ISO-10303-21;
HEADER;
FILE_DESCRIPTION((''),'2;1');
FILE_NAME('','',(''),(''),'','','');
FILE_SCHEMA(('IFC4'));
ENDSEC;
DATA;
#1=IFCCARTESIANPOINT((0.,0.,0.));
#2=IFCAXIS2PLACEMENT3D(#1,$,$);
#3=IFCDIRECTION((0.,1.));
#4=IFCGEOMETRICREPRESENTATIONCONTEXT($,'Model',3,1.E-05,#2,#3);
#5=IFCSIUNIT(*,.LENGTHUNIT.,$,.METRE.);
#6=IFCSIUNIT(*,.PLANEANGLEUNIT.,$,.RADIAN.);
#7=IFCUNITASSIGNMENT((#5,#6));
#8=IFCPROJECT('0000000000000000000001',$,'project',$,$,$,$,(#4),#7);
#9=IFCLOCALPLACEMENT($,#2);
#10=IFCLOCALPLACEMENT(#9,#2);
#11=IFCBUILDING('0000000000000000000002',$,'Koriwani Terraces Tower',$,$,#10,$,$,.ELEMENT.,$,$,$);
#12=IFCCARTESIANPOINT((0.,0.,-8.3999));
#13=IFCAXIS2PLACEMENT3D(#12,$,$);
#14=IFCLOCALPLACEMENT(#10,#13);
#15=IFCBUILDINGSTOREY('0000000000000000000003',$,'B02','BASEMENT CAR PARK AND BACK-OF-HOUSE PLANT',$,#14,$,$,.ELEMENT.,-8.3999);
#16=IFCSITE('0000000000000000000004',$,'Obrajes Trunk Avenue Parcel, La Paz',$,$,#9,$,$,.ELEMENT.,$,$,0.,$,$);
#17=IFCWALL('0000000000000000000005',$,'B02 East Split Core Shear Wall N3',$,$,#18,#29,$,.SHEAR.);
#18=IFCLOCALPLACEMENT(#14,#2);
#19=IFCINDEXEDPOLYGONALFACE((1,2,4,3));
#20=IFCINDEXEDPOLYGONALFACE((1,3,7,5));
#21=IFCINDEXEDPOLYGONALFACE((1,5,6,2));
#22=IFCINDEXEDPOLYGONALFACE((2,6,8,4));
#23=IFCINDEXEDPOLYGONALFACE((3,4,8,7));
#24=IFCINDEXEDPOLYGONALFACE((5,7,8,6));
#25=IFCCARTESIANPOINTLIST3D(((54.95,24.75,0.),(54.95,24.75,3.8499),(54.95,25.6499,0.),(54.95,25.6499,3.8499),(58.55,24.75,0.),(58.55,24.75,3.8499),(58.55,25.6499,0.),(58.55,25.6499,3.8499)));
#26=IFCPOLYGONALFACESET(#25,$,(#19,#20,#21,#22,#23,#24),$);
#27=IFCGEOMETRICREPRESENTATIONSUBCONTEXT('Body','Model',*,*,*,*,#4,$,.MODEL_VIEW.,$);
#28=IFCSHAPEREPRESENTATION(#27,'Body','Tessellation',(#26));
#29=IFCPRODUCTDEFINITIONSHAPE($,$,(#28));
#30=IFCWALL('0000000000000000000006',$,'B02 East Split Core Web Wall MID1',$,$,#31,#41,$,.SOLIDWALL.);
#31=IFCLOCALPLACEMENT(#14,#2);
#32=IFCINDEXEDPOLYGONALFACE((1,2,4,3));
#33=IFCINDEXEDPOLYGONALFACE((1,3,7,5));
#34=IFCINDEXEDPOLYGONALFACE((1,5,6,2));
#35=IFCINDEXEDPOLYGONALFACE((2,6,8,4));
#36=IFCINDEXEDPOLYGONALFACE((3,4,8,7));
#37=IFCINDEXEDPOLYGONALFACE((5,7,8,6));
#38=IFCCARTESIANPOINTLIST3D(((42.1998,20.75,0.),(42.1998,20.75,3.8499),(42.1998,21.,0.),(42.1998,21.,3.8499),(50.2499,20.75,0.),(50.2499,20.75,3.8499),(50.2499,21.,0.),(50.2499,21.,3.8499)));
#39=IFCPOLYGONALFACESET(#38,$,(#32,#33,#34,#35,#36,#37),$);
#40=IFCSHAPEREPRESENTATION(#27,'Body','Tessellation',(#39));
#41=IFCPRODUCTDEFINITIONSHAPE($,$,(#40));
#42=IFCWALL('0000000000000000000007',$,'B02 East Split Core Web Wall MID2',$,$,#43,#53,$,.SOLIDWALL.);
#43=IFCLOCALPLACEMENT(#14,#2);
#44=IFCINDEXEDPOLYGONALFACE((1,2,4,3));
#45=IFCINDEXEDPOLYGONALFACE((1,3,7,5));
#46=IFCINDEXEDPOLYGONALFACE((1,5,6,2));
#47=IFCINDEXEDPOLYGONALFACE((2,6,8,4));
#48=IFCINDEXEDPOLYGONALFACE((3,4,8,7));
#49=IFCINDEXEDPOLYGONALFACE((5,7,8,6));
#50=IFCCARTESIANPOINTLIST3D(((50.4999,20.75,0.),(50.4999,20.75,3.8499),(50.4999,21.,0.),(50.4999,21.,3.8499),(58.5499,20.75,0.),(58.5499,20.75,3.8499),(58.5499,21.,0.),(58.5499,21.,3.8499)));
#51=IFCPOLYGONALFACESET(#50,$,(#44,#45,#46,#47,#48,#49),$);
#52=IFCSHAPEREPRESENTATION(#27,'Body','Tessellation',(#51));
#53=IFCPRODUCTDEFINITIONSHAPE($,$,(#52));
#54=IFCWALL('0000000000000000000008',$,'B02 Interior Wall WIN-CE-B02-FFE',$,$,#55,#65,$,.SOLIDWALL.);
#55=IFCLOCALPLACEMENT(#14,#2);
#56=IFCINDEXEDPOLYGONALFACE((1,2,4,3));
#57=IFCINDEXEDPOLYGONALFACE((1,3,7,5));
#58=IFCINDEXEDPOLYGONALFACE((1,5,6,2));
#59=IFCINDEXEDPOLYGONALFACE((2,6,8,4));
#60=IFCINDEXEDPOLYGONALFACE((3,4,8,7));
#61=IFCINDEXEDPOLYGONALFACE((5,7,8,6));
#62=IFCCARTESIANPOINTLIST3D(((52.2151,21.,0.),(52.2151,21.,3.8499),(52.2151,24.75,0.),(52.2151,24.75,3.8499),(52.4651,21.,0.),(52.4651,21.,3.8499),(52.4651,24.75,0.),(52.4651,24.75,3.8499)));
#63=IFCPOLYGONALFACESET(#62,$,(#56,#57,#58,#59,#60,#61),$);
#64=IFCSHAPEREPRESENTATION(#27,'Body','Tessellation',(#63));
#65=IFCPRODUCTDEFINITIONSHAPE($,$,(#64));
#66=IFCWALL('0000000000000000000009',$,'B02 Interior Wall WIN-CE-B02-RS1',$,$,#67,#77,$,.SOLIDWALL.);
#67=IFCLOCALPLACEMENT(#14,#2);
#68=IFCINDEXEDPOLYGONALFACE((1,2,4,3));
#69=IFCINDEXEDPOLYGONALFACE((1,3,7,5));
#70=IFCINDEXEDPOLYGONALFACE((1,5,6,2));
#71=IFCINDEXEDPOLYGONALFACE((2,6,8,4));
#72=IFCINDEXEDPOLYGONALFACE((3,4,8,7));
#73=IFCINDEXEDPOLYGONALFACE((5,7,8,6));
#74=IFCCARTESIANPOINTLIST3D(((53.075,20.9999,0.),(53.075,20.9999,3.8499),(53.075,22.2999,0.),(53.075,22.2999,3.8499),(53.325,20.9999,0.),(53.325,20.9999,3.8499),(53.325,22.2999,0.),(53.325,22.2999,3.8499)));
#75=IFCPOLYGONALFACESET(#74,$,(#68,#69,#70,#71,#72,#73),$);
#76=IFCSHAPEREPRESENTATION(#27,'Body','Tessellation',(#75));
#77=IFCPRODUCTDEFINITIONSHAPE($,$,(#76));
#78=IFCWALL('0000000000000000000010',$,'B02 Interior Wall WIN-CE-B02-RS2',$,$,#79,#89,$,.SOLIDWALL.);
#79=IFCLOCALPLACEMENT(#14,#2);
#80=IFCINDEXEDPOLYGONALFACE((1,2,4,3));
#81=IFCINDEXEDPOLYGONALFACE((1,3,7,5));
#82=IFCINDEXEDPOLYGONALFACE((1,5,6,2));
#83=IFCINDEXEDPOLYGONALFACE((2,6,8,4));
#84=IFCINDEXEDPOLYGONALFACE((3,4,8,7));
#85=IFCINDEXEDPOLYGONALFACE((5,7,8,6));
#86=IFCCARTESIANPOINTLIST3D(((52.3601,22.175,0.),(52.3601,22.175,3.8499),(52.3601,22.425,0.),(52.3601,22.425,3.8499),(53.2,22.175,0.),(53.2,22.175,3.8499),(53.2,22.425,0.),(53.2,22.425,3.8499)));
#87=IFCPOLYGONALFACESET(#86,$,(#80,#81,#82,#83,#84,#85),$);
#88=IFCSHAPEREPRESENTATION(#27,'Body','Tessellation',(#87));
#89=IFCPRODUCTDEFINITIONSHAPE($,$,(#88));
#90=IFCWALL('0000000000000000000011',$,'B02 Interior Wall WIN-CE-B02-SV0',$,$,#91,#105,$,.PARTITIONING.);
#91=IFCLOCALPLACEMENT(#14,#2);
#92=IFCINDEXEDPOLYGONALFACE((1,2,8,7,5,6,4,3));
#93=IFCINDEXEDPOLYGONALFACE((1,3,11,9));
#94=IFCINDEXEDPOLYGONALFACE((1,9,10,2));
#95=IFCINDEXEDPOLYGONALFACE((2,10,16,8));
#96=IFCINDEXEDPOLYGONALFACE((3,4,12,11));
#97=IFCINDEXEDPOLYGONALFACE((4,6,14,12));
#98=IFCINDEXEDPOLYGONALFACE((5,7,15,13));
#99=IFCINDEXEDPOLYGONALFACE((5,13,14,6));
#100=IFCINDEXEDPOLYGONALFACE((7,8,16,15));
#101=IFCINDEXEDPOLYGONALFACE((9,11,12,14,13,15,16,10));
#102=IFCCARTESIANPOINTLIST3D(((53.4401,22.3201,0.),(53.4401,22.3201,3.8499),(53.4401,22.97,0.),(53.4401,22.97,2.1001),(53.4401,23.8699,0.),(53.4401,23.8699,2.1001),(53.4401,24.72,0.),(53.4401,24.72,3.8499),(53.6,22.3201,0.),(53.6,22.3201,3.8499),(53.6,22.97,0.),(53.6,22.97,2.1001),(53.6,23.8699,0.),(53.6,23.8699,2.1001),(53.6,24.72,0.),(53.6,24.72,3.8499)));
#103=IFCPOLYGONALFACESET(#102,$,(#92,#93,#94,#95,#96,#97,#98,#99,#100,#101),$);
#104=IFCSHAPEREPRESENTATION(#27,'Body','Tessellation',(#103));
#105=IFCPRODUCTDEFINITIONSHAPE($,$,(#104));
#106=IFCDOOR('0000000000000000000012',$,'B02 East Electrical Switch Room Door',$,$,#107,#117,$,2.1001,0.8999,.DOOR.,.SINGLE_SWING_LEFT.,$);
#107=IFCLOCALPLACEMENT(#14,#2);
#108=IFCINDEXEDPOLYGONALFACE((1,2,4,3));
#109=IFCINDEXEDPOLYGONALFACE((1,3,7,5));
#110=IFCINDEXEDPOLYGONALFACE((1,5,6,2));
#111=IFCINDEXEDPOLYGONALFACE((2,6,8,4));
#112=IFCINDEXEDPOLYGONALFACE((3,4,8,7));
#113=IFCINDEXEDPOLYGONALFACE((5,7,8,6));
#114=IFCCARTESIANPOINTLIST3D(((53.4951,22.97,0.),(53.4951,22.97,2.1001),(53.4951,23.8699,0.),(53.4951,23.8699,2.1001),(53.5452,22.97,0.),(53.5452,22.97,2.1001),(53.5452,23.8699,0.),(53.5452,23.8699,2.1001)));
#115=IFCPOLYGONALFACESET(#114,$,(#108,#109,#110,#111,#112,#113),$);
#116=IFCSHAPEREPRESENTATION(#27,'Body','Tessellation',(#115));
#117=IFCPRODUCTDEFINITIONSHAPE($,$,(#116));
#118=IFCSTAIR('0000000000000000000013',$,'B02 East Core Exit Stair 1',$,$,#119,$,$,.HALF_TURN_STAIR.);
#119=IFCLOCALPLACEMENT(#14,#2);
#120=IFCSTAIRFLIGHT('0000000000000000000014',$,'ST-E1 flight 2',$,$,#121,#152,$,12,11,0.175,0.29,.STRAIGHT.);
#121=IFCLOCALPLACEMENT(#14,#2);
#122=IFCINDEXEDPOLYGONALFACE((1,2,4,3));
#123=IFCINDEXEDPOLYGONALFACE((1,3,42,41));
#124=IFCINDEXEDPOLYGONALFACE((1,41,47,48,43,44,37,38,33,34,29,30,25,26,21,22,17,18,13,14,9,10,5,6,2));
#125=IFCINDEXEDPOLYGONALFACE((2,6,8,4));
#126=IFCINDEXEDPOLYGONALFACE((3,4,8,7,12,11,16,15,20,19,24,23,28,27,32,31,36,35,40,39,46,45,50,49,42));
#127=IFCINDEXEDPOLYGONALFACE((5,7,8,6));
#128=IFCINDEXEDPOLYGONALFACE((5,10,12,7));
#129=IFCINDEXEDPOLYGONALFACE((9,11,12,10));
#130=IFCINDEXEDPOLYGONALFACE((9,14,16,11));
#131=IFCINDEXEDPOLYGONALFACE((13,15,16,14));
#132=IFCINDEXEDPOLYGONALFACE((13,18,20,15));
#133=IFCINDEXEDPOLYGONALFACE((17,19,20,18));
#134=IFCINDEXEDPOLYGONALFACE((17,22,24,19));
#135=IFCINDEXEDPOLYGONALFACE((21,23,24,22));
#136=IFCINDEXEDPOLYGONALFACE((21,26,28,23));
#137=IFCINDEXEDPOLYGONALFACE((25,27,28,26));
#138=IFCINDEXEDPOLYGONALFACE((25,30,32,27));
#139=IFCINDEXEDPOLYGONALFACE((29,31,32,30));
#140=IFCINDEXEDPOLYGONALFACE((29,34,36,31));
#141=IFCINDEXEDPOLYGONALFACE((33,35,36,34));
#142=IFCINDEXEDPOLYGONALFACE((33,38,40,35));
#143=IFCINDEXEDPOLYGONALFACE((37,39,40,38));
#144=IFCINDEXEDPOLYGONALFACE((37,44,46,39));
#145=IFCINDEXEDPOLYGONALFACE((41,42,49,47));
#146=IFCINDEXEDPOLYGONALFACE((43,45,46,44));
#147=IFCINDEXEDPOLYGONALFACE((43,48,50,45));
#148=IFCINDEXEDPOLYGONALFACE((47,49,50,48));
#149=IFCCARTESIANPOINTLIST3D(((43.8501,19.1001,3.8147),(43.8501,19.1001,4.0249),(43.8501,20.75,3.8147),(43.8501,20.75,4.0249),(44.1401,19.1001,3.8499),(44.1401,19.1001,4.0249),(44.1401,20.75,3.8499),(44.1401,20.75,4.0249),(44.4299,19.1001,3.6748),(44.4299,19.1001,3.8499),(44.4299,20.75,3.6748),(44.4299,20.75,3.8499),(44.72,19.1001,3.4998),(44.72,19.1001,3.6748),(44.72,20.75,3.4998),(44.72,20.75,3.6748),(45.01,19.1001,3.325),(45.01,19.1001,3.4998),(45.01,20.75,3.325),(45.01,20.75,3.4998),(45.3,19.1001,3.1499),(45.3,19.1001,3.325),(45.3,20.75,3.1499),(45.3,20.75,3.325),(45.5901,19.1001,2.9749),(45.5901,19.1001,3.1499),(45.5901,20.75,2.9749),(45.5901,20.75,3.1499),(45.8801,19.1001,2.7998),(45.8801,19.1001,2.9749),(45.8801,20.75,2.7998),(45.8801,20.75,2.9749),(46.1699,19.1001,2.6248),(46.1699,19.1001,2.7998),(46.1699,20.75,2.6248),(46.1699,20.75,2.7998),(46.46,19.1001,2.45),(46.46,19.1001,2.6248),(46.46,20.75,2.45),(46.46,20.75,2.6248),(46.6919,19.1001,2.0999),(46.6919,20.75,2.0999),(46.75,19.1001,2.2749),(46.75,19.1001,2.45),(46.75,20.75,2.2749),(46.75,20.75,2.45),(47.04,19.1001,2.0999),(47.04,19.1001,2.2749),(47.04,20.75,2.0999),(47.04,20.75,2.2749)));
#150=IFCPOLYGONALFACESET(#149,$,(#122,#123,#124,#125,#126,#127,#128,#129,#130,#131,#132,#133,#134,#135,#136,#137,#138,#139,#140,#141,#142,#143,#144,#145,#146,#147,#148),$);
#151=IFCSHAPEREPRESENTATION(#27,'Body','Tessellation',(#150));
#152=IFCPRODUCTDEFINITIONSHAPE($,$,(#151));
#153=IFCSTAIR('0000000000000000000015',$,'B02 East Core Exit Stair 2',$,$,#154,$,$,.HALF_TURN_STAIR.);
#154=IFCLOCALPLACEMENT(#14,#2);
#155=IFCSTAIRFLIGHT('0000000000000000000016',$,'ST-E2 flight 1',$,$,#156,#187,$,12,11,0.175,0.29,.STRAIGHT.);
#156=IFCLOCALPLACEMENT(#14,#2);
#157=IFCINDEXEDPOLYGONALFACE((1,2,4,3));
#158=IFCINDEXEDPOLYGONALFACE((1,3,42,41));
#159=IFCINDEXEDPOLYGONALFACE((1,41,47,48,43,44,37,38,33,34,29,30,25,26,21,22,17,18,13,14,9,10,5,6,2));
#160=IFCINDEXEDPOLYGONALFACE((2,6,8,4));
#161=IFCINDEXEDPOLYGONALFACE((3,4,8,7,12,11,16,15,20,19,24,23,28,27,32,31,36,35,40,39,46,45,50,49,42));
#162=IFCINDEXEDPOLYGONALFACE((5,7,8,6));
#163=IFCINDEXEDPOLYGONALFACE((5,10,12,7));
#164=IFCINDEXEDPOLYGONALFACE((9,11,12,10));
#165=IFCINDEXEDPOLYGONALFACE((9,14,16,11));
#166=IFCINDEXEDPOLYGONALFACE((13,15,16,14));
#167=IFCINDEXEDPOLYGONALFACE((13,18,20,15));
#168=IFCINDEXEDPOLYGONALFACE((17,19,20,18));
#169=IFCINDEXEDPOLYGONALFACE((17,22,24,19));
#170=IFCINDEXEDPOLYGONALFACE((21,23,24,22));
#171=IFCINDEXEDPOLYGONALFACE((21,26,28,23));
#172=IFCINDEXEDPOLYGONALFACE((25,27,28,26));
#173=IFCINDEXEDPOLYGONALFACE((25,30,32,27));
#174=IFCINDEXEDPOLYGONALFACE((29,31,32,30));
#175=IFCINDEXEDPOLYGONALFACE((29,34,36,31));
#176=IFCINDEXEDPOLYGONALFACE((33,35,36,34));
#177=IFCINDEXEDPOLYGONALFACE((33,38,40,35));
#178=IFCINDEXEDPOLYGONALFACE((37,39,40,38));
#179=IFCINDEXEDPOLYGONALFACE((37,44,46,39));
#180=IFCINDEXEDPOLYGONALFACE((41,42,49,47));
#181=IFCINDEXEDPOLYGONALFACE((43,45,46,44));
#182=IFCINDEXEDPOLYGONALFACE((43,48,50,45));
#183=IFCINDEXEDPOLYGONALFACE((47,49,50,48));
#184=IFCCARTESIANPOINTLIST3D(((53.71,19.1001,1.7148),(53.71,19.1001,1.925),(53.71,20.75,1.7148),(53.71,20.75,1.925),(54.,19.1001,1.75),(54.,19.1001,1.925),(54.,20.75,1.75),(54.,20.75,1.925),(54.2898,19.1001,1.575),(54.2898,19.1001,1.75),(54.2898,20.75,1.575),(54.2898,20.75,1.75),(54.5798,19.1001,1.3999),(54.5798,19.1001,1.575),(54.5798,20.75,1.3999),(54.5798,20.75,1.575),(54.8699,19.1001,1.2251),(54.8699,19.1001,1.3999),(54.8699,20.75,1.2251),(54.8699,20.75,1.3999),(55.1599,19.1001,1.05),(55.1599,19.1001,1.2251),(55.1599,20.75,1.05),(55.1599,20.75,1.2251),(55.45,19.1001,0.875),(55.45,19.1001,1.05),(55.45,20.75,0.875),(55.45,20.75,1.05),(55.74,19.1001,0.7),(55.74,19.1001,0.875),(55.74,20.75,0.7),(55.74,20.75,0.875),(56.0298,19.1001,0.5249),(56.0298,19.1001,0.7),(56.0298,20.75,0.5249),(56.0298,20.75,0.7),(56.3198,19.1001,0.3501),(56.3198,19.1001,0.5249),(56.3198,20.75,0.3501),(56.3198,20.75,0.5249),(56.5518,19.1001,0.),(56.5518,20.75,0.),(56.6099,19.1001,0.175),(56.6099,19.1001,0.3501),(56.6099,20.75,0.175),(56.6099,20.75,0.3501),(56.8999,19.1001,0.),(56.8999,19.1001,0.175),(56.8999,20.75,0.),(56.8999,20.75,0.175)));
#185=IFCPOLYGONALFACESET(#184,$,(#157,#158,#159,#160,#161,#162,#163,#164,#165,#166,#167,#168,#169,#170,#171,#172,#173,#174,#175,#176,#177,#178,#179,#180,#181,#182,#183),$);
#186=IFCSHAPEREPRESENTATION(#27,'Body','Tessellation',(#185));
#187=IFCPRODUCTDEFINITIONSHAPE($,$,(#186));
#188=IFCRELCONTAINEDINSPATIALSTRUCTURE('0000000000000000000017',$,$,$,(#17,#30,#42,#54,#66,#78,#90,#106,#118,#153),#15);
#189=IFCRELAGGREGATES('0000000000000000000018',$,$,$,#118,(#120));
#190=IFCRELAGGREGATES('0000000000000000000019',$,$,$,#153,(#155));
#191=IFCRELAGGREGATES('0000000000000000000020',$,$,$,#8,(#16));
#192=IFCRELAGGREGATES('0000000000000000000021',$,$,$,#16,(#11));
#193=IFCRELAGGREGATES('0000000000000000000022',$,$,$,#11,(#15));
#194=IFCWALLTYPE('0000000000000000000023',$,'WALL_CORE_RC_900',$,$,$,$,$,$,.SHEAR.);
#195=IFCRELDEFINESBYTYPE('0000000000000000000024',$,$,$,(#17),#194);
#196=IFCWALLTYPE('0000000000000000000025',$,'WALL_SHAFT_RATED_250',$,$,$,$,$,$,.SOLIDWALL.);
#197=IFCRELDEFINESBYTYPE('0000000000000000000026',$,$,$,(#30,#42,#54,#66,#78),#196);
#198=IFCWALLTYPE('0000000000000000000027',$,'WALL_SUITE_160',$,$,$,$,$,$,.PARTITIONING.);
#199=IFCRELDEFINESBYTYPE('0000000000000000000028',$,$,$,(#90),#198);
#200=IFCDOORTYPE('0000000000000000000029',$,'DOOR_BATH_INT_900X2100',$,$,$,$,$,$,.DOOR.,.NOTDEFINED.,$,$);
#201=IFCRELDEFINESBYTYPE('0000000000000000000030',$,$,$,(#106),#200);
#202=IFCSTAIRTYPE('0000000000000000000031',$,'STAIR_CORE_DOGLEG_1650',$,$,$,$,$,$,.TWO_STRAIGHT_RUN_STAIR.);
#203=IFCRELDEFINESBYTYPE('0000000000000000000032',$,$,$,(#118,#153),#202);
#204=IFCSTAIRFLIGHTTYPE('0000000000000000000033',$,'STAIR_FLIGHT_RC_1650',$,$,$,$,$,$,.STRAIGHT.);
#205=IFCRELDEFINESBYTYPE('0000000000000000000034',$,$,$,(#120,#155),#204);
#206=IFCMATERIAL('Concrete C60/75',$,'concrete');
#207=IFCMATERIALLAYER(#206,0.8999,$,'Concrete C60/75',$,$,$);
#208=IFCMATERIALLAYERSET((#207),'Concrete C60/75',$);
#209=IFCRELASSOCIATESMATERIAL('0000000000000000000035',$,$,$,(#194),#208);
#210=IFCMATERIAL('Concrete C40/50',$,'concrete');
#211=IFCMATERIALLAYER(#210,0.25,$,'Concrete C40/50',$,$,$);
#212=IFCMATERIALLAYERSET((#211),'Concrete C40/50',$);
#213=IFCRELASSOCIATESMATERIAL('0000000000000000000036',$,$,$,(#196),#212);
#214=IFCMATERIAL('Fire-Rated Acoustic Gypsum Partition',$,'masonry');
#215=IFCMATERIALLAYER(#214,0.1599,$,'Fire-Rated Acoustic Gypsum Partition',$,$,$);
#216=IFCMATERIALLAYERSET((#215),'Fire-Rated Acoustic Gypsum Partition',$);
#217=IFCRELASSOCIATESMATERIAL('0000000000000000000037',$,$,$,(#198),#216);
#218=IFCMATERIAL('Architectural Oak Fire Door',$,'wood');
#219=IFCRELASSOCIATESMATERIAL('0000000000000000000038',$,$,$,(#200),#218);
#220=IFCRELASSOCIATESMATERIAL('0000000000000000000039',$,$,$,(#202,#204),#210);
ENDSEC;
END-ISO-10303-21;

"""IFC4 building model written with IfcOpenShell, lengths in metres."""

from ifc_helpers import new_model, si_unit, direction, frame, frame_2d, origin, place, context, subcontext, project, spatial, polyline, rectangle, outline, extrude, material, layer, layer_set, type_object, element, fill, aggregate, save


model = new_model("IFC4")

# Units and contexts
model_context = context("Model", 3, precision=1e-05, world=origin(), true_north=direction((0.0, 1.0)))
body_context = subcontext(model_context, "Body", "Model", "MODEL_VIEW")
ifc_project = project(units=[si_unit("LENGTHUNIT", "METRE"), si_unit("PLANEANGLEUNIT", "RADIAN")], contexts=[model_context])

# Site, building, storey
site_placement = place(None, origin())
site = spatial("IfcSite", under=ifc_project, at=site_placement, Name="Obrajes Trunk Avenue Parcel, La Paz", CompositionType="ELEMENT", RefElevation=0.0)
building_placement = place(site_placement, origin())
building = spatial("IfcBuilding", under=site, at=building_placement, Name="Koriwani Terraces Tower", CompositionType="ELEMENT")
storey_placement = place(building_placement, frame((0.0, 0.0, -8.3999)))
storey = spatial("IfcBuildingStorey", under=building, at=storey_placement, Name="B02", Description="BASEMENT CAR PARK AND BACK-OF-HOUSE PLANT", CompositionType="ELEMENT", Elevation=-8.3999)

# Shared definitions
ifc_material_1 = material(Name="Concrete C40/50", Category="concrete")

# Shared definitions
ifc_material_2 = material(Name="Concrete C60/75", Category="concrete")

# Walls
ifc_layer_1 = layer(ifc_material_2, 0.8999, Name="Concrete C60/75")
ifc_layer_set_1 = layer_set([ifc_layer_1], Name="Concrete C60/75")
wall_type_1 = type_object("IfcWallType", Name="WALL_CORE_RC_900", PredefinedType="SHEAR", material=ifc_layer_set_1)
wall_1_placement = place(storey_placement, frame((54.95, 25.2, 0.0), z_axis=(0.0, 0.0, 1.0), x_axis=(1.0, 0.0, 0.0)))
element("IfcWall", 1, at=wall_1_placement, inside=storey, type_object=wall_type_1, Name="B02 East Split Core Shear Wall N3", PredefinedType="SHEAR", context=body_context, shape_type="SweptSolid", body=[
    extrude(rectangle(XDim=3.6001, YDim=0.8999, at=frame_2d((1.8, 0.0))), origin(), (0.0, 0.0, 1.0), 3.8499),
])
ifc_layer_2 = layer(ifc_material_1, 0.25, Name="Concrete C40/50")
ifc_layer_set_2 = layer_set([ifc_layer_2], Name="Concrete C40/50")
wall_type_2 = type_object("IfcWallType", Name="WALL_SHAFT_RATED_250", PredefinedType="SOLIDWALL", material=ifc_layer_set_2)
for number, where, z_axis, x_axis, name in (
    (2, (42.2, 20.875, 0.0), (0.0, 0.0, 1.0), (1.0, 0.0, 0.0), "B02 East Split Core Web Wall MID1"),
    (3, (50.5, 20.875, 0.0), (0.0, 0.0, 1.0), (1.0, 0.0, 0.0), "B02 East Split Core Web Wall MID2"),
):
    element("IfcWall", number, at=place(storey_placement, frame(where, z_axis=z_axis, x_axis=x_axis)), inside=storey, type_object=wall_type_2, Name=name, PredefinedType="SOLIDWALL", context=body_context, shape_type="SweptSolid", body=[
        extrude(rectangle(XDim=8.05, YDim=0.25, at=frame_2d((4.0249, 0.0))), origin(), (0.0, 0.0, 1.0), 3.8499),
    ])

# Wall
wall_2_placement = place(storey_placement, frame((52.3401, 21.0, 0.0), z_axis=(0.0, 0.0, 1.0), x_axis=(0.0, 1.0, 0.0)))
element("IfcWall", 4, at=wall_2_placement, inside=storey, type_object=wall_type_2, Name="B02 Interior Wall WIN-CE-B02-FFE", PredefinedType="SOLIDWALL", context=body_context, shape_type="SweptSolid", body=[
    extrude(rectangle(XDim=3.75, YDim=0.25, at=frame_2d((1.875, 0.0))), origin(), (0.0, 0.0, 1.0), 3.8499),
])

# Walls
wall_3_placement = place(storey_placement, frame((53.2, 21.0, 0.0), z_axis=(0.0, 0.0, 1.0), x_axis=(0.0, 1.0, 0.0)))
element("IfcWall", 5, at=wall_3_placement, inside=storey, type_object=wall_type_2, Name="B02 Interior Wall WIN-CE-B02-RS1", PredefinedType="SOLIDWALL", context=body_context, shape_type="SweptSolid", body=[
    extrude(rectangle(XDim=1.3, YDim=0.25, at=frame_2d((0.6499, 0.0))), origin(), (0.0, 0.0, 1.0), 3.8499),
])
wall_4_placement = place(storey_placement, frame((52.3601, 22.3, 0.0), z_axis=(0.0, 0.0, 1.0), x_axis=(1.0, 0.0, 0.0)))
element("IfcWall", 6, at=wall_4_placement, inside=storey, type_object=wall_type_2, Name="B02 Interior Wall WIN-CE-B02-RS2", PredefinedType="SOLIDWALL", context=body_context, shape_type="SweptSolid", body=[
    extrude(rectangle(XDim=0.8398, YDim=0.25, at=frame_2d((0.4199, 0.0))), origin(), (0.0, 0.0, 1.0), 3.8499),
])

# Wall, opening, door
ifc_material_3 = material(Name="Fire-Rated Acoustic Gypsum Partition", Category="masonry")
ifc_layer_3 = layer(ifc_material_3, 0.1599, Name="Fire-Rated Acoustic Gypsum Partition")
ifc_layer_set_3 = layer_set([ifc_layer_3], Name="Fire-Rated Acoustic Gypsum Partition")
wall_type_3 = type_object("IfcWallType", Name="WALL_SUITE_160", PredefinedType="PARTITIONING", material=ifc_layer_set_3)
wall_5_placement = place(storey_placement, frame((53.52, 22.3201, 0.0), z_axis=(0.0, 0.0, 1.0), x_axis=(0.0, 1.0, 0.0)))
wall_5 = element("IfcWall", 7, at=wall_5_placement, inside=storey, type_object=wall_type_3, Name="B02 Interior Wall WIN-CE-B02-SV0", PredefinedType="PARTITIONING", context=body_context, shape_type="SweptSolid", body=[
    extrude(rectangle(XDim=2.3999, YDim=0.1599, at=frame_2d((1.2, 0.0))), origin(), (0.0, 0.0, 1.0), 3.8499),
])
opening_1_placement = place(wall_5_placement, frame((0.6499, 0.0, 0.0)))
opening_1 = element("IfcOpeningElement", 8, at=opening_1_placement, cuts=wall_5, PredefinedType="OPENING", context=body_context, shape_type="SweptSolid", body=[
    extrude(rectangle(XDim=0.8999, YDim=2.1001, at=frame_2d((0.45, 1.05))), frame((0.0, 0.0898, 0.0), z_axis=(0.0, -1.0, 0.0), x_axis=(1.0, 0.0, 0.0)), (0.0, 0.0, 1.0), 0.1799),
])
ifc_material_4 = material(Name="Architectural Oak Fire Door", Category="wood")
door_type_1 = type_object("IfcDoorType", Name="DOOR_BATH_INT_900X2100", OperationType="NOTDEFINED", PredefinedType="DOOR", material=ifc_material_4)
door_1_placement = place(opening_1_placement, origin())
door_1 = element("IfcDoor", 9, at=door_1_placement, inside=storey, type_object=door_type_1, Name="B02 East Electrical Switch Room Door", OperationType="SINGLE_SWING_LEFT", OverallHeight=2.1001, OverallWidth=0.8999, PredefinedType="DOOR", context=body_context, shape_type="SweptSolid", body=[
    extrude(rectangle(XDim=0.8999, YDim=2.1001, at=frame_2d((0.45, 1.05))), frame((0.0, 0.0249, 0.0), z_axis=(0.0, -1.0, 0.0), x_axis=(1.0, 0.0, 0.0)), (0.0, 0.0, 1.0), 0.05),
])
fill(opening_1, door_1)

# Stairs, stair flights
stair_type = type_object("IfcStairType", Name="STAIR_CORE_DOGLEG_1650", PredefinedType="TWO_STRAIGHT_RUN_STAIR", material=ifc_material_1)
stair_1_placement = place(storey_placement, origin())
stair_1 = element("IfcStair", 10, at=stair_1_placement, inside=storey, type_object=stair_type, Name="B02 East Core Exit Stair 1", PredefinedType="HALF_TURN_STAIR")
stair_flight_type = type_object("IfcStairFlightType", Name="STAIR_FLIGHT_RC_1650", PredefinedType="STRAIGHT", material=ifc_material_1)
stair_flight_1_placement = place(storey_placement, frame((47.04, 19.925, 2.0999), z_axis=(0.0, 0.0, 1.0), x_axis=(-1.0, 0.0, 0.0)))
stair_flight_1 = element("IfcStairFlight", 11, at=stair_flight_1_placement, type_object=stair_flight_type, Name="ST-E1 flight 2", NumberOfRisers=12, NumberOfTreads=11, PredefinedType="STRAIGHT", RiserHeight=0.175, TreadLength=0.29, context=body_context, shape_type="SweptSolid", body=[
    extrude(outline(polyline([(0.0, 0.0), (0.0, 0.175), (0.29, 0.175), (0.29, 0.3501), (0.5801, 0.3501), (0.5801, 0.5249), (0.8701, 0.5249), (0.8701, 0.7), (1.1599, 0.7), (1.1599, 0.875), (1.45, 0.875), (1.45, 1.05), (1.74, 1.05), (1.74, 1.2251), (2.03, 1.2251), (2.03, 1.3999), (2.3201, 1.3999), (2.3201, 1.575), (2.6101, 1.575), (2.6101, 1.75), (2.8999, 1.75), (2.8999, 1.925), (3.1899, 1.925), (3.1899, 2.1001), (3.1899, 1.7148), (0.3481, 0.0), (0.0, 0.0)])), frame((0.0, 0.825, 0.0), z_axis=(0.0, -1.0, 0.0), x_axis=(1.0, 0.0, 0.0)), (0.0, 0.0, 1.0), 1.6499),
])
aggregate(stair_1, [stair_flight_1])
stair_2_placement = place(storey_placement, origin())
stair_2 = element("IfcStair", 12, at=stair_2_placement, inside=storey, type_object=stair_type, Name="B02 East Core Exit Stair 2", PredefinedType="HALF_TURN_STAIR")
stair_flight_2_placement = place(storey_placement, frame((56.8999, 19.925, 0.0), z_axis=(0.0, 0.0, 1.0), x_axis=(-1.0, 0.0, 0.0)))
stair_flight_2 = element("IfcStairFlight", 13, at=stair_flight_2_placement, type_object=stair_flight_type, Name="ST-E2 flight 1", NumberOfRisers=12, NumberOfTreads=11, PredefinedType="STRAIGHT", RiserHeight=0.175, TreadLength=0.29, context=body_context, shape_type="SweptSolid", body=[
    extrude(outline(polyline([(0.0, 0.0), (0.0, 0.175), (0.29, 0.175), (0.29, 0.3501), (0.5801, 0.3501), (0.5801, 0.5249), (0.8701, 0.5249), (0.8701, 0.7), (1.1599, 0.7), (1.1599, 0.875), (1.45, 0.875), (1.45, 1.05), (1.74, 1.05), (1.74, 1.2251), (2.03, 1.2251), (2.03, 1.3999), (2.3201, 1.3999), (2.3201, 1.575), (2.6101, 1.575), (2.6101, 1.75), (2.8999, 1.75), (2.8999, 1.925), (3.1899, 1.925), (3.1899, 2.1001), (3.1899, 1.7148), (0.3481, 0.0), (0.0, 0.0)])), frame((0.0, 0.825, 0.0), z_axis=(0.0, -1.0, 0.0), x_axis=(1.0, 0.0, 0.0)), (0.0, 0.0, 1.0), 1.6499),
])
aggregate(stair_2, [stair_flight_2])

save(model, "model.ifc")
